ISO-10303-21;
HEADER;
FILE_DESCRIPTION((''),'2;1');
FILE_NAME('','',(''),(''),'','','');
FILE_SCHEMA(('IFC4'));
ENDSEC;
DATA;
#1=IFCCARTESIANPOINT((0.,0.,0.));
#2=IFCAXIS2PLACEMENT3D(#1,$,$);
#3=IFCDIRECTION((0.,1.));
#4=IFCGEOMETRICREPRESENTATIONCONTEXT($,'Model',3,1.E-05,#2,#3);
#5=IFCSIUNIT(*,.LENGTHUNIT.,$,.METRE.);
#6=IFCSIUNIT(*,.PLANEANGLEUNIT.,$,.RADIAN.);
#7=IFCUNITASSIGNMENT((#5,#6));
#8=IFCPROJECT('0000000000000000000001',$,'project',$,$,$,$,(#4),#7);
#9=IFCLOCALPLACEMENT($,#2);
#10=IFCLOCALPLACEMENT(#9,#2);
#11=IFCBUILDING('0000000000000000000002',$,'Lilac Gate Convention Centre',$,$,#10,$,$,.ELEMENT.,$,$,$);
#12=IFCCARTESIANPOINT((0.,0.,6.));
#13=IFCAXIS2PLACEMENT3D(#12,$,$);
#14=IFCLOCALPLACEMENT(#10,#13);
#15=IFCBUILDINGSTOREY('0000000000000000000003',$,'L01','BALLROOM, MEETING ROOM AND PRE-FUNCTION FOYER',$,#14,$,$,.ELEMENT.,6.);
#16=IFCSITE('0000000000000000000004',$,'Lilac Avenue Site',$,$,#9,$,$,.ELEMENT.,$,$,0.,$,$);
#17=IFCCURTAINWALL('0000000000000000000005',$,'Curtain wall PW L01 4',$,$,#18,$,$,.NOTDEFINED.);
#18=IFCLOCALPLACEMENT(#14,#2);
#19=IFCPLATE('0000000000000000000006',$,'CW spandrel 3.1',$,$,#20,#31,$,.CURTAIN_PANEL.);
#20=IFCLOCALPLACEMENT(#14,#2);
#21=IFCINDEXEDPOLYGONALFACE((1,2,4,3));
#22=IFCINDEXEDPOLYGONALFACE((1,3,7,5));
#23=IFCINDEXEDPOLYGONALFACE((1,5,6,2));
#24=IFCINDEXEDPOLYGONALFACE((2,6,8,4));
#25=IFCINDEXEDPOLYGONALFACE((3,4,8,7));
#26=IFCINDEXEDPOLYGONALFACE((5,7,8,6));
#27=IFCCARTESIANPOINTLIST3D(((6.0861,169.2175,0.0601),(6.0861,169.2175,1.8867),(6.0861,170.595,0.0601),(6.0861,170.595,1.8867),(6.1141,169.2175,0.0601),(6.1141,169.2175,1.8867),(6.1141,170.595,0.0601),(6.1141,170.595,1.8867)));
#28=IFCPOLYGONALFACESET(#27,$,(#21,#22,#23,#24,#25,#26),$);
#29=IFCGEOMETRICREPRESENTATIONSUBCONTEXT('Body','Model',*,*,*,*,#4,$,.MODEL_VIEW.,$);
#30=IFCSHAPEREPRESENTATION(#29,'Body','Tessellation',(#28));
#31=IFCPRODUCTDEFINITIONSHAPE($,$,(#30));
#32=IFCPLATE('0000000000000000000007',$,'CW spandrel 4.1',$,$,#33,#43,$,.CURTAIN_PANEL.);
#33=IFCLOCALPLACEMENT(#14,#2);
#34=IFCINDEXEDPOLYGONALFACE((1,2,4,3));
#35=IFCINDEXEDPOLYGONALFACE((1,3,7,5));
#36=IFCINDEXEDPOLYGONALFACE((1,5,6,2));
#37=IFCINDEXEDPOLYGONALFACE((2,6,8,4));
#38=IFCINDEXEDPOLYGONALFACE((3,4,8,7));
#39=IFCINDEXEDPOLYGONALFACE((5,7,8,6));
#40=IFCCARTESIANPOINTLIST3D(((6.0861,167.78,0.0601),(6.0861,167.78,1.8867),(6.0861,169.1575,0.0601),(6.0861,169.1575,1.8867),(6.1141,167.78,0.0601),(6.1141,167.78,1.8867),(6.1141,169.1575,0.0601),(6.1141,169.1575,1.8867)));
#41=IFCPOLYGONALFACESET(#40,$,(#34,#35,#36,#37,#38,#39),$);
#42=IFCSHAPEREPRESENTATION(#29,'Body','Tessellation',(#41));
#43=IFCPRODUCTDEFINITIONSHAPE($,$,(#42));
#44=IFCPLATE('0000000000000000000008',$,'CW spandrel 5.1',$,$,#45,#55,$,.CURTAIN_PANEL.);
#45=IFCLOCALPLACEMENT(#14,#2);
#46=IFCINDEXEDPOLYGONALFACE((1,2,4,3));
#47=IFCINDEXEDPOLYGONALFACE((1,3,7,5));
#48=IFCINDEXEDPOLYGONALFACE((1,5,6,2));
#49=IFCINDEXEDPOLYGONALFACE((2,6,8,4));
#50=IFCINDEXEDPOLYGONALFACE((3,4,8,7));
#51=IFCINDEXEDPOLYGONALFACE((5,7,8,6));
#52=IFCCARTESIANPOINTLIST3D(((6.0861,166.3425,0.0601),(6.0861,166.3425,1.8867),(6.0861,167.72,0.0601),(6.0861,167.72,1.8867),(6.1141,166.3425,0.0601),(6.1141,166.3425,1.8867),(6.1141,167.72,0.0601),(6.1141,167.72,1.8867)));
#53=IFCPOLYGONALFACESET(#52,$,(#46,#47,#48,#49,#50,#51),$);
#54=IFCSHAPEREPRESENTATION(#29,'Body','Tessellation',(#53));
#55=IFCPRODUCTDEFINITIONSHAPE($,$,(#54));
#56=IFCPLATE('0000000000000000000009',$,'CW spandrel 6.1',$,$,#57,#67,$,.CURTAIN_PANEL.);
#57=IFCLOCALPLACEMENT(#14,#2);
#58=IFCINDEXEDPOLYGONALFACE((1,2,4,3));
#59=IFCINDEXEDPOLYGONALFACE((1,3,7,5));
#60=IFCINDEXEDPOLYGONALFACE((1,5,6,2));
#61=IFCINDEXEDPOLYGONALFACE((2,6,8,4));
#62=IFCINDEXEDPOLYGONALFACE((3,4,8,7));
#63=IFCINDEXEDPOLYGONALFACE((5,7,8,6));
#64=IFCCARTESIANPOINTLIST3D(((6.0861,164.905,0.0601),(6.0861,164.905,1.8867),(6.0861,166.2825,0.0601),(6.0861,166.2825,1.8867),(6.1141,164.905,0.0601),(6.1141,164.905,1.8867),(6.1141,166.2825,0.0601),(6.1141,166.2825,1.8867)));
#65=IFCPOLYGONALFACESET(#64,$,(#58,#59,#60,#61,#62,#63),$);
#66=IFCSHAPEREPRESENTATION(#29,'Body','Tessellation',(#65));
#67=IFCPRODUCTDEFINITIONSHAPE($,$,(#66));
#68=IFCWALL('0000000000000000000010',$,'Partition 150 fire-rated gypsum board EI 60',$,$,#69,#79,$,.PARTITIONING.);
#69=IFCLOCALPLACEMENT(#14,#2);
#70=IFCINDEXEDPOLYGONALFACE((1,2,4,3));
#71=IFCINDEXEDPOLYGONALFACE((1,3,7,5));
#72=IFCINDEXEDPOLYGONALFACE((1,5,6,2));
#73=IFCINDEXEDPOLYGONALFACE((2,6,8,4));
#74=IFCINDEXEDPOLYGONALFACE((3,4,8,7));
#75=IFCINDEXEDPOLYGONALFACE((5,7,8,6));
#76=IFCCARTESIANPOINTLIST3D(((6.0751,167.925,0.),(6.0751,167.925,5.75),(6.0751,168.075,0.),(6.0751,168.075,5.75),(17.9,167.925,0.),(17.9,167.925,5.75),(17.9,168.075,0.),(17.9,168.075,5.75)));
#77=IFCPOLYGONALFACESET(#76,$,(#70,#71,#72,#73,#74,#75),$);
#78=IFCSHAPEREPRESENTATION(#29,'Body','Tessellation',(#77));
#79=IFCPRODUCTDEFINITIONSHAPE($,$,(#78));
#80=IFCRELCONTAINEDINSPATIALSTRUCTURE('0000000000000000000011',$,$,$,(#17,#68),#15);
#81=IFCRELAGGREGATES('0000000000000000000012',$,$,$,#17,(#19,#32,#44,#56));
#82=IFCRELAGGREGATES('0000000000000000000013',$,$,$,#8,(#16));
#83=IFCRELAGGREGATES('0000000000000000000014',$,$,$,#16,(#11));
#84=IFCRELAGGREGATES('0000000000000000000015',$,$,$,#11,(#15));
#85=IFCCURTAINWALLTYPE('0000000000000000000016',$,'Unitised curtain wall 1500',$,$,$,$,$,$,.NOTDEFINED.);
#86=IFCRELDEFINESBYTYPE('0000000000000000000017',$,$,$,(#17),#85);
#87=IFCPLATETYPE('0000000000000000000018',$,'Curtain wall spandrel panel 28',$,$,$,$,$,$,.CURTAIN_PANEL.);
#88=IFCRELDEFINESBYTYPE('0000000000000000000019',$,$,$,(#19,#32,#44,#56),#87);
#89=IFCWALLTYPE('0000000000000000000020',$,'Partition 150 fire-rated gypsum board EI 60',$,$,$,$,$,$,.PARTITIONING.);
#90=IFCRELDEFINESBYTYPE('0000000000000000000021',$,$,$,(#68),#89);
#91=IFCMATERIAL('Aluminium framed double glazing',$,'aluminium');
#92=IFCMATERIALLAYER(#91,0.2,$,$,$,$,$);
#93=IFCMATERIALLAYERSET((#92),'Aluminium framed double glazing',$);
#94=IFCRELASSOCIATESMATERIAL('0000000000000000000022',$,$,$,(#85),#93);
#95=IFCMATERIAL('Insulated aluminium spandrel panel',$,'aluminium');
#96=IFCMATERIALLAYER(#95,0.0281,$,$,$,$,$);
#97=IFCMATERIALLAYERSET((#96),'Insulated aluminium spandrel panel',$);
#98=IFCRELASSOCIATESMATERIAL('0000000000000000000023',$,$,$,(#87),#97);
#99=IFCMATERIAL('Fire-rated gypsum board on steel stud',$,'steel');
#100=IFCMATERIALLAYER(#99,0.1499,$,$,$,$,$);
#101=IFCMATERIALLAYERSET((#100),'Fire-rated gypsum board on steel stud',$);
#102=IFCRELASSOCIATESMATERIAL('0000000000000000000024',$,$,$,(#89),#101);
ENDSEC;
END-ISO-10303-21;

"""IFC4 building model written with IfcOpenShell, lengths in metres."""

from ifc_helpers import new_model, si_unit, direction, frame, frame_2d, origin, origin_2d, place, context, subcontext, project, spatial, rectangle, extrude, material, layer, layer_set, type_object, element, aggregate, save


model = new_model("IFC4")

# Units and contexts
model_context = context("Model", 3, precision=1e-05, world=origin(), true_north=direction((0.0, 1.0)))
body_context = subcontext(model_context, "Body", "Model", "MODEL_VIEW")
ifc_project = project(units=[si_unit("LENGTHUNIT", "METRE"), si_unit("PLANEANGLEUNIT", "RADIAN")], contexts=[model_context])

# Site, building, storey
site_placement = place(None, origin())
site = spatial("IfcSite", under=ifc_project, at=site_placement, Name="Lilac Avenue Site", CompositionType="ELEMENT", RefElevation=0.0)
building_placement = place(site_placement, origin())
building = spatial("IfcBuilding", under=site, at=building_placement, Name="Lilac Gate Convention Centre", CompositionType="ELEMENT")
storey_placement = place(building_placement, frame((0.0, 0.0, 6.0)))
storey = spatial("IfcBuildingStorey", under=building, at=storey_placement, Name="L01", Description="BALLROOM, MEETING ROOM AND PRE-FUNCTION FOYER", CompositionType="ELEMENT", Elevation=6.0)

# Curtain wall, plates
ifc_material_1 = material(Name="Aluminium framed double glazing", Category="aluminium")
ifc_layer_1 = layer(ifc_material_1, 0.2)
ifc_layer_set_1 = layer_set([ifc_layer_1], Name="Aluminium framed double glazing")
curtain_wall_type = type_object("IfcCurtainWallType", Name="Unitised curtain wall 1500", PredefinedType="NOTDEFINED", material=ifc_layer_set_1)
curtain_wall_placement = place(storey_placement, origin())
curtain_wall = element("IfcCurtainWall", 1, at=curtain_wall_placement, inside=storey, type_object=curtain_wall_type, Name="Curtain wall PW L01 4", PredefinedType="NOTDEFINED")
ifc_material_2 = material(Name="Insulated aluminium spandrel panel", Category="aluminium")
ifc_layer_2 = layer(ifc_material_2, 0.0281)
ifc_layer_set_2 = layer_set([ifc_layer_2], Name="Insulated aluminium spandrel panel")
plate_type_1 = type_object("IfcPlateType", Name="Curtain wall spandrel panel 28", PredefinedType="CURTAIN_PANEL", material=ifc_layer_set_2)
plate_1_placement = place(storey_placement, frame((6.1001, 169.9062, 0.0601), z_axis=(0.0, 0.0, 1.0), x_axis=(0.0, -1.0, 0.0)))
plate_1 = element("IfcPlate", 2, at=plate_1_placement, type_object=plate_type_1, Name="CW spandrel 3.1", PredefinedType="CURTAIN_PANEL", context=body_context, shape_type="SweptSolid", body=[
    extrude(rectangle(XDim=1.3774, YDim=0.0281, at=origin_2d()), origin(), (0.0, 0.0, 1.0), 1.8267),
])
plate_2_placement = place(storey_placement, frame((6.1001, 168.4688, 0.0601), z_axis=(0.0, 0.0, 1.0), x_axis=(0.0, -1.0, 0.0)))
plate_2 = element("IfcPlate", 3, at=plate_2_placement, type_object=plate_type_1, Name="CW spandrel 4.1", PredefinedType="CURTAIN_PANEL", context=body_context, shape_type="SweptSolid", body=[
    extrude(rectangle(XDim=1.3774, YDim=0.0281, at=origin_2d()), origin(), (0.0, 0.0, 1.0), 1.8267),
])
plate_3_placement = place(storey_placement, frame((6.1001, 167.0312, 0.0601), z_axis=(0.0, 0.0, 1.0), x_axis=(0.0, -1.0, 0.0)))
plate_3 = element("IfcPlate", 4, at=plate_3_placement, type_object=plate_type_1, Name="CW spandrel 5.1", PredefinedType="CURTAIN_PANEL", context=body_context, shape_type="SweptSolid", body=[
    extrude(rectangle(XDim=1.3774, YDim=0.0281, at=origin_2d()), origin(), (0.0, 0.0, 1.0), 1.8267),
])
plate_4_placement = place(storey_placement, frame((6.1001, 165.5938, 0.0601), z_axis=(0.0, 0.0, 1.0), x_axis=(0.0, -1.0, 0.0)))
plate_4 = element("IfcPlate", 5, at=plate_4_placement, type_object=plate_type_1, Name="CW spandrel 6.1", PredefinedType="CURTAIN_PANEL", context=body_context, shape_type="SweptSolid", body=[
    extrude(rectangle(XDim=1.3774, YDim=0.0281, at=origin_2d()), origin(), (0.0, 0.0, 1.0), 1.8267),
])
aggregate(curtain_wall, [plate_1, plate_2, plate_3, plate_4])

# Wall
ifc_material_3 = material(Name="Fire-rated gypsum board on steel stud", Category="steel")
ifc_layer_3 = layer(ifc_material_3, 0.1499)
ifc_layer_set_3 = layer_set([ifc_layer_3], Name="Fire-rated gypsum board on steel stud")
wall_type = type_object("IfcWallType", Name="Partition 150 fire-rated gypsum board EI 60", PredefinedType="PARTITIONING", material=ifc_layer_set_3)
wall_placement = place(storey_placement, frame((6.075, 168.0, 0.0), z_axis=(0.0, 0.0, 1.0), x_axis=(1.0, 0.0, 0.0)))
element("IfcWall", 6, at=wall_placement, inside=storey, type_object=wall_type, Name="Partition 150 fire-rated gypsum board EI 60", PredefinedType="PARTITIONING", context=body_context, shape_type="SweptSolid", body=[
    extrude(rectangle(XDim=11.825, YDim=0.1499, at=frame_2d((5.9126, 0.0))), origin(), (0.0, 0.0, 1.0), 5.75),
])

save(model, "model.ifc")
